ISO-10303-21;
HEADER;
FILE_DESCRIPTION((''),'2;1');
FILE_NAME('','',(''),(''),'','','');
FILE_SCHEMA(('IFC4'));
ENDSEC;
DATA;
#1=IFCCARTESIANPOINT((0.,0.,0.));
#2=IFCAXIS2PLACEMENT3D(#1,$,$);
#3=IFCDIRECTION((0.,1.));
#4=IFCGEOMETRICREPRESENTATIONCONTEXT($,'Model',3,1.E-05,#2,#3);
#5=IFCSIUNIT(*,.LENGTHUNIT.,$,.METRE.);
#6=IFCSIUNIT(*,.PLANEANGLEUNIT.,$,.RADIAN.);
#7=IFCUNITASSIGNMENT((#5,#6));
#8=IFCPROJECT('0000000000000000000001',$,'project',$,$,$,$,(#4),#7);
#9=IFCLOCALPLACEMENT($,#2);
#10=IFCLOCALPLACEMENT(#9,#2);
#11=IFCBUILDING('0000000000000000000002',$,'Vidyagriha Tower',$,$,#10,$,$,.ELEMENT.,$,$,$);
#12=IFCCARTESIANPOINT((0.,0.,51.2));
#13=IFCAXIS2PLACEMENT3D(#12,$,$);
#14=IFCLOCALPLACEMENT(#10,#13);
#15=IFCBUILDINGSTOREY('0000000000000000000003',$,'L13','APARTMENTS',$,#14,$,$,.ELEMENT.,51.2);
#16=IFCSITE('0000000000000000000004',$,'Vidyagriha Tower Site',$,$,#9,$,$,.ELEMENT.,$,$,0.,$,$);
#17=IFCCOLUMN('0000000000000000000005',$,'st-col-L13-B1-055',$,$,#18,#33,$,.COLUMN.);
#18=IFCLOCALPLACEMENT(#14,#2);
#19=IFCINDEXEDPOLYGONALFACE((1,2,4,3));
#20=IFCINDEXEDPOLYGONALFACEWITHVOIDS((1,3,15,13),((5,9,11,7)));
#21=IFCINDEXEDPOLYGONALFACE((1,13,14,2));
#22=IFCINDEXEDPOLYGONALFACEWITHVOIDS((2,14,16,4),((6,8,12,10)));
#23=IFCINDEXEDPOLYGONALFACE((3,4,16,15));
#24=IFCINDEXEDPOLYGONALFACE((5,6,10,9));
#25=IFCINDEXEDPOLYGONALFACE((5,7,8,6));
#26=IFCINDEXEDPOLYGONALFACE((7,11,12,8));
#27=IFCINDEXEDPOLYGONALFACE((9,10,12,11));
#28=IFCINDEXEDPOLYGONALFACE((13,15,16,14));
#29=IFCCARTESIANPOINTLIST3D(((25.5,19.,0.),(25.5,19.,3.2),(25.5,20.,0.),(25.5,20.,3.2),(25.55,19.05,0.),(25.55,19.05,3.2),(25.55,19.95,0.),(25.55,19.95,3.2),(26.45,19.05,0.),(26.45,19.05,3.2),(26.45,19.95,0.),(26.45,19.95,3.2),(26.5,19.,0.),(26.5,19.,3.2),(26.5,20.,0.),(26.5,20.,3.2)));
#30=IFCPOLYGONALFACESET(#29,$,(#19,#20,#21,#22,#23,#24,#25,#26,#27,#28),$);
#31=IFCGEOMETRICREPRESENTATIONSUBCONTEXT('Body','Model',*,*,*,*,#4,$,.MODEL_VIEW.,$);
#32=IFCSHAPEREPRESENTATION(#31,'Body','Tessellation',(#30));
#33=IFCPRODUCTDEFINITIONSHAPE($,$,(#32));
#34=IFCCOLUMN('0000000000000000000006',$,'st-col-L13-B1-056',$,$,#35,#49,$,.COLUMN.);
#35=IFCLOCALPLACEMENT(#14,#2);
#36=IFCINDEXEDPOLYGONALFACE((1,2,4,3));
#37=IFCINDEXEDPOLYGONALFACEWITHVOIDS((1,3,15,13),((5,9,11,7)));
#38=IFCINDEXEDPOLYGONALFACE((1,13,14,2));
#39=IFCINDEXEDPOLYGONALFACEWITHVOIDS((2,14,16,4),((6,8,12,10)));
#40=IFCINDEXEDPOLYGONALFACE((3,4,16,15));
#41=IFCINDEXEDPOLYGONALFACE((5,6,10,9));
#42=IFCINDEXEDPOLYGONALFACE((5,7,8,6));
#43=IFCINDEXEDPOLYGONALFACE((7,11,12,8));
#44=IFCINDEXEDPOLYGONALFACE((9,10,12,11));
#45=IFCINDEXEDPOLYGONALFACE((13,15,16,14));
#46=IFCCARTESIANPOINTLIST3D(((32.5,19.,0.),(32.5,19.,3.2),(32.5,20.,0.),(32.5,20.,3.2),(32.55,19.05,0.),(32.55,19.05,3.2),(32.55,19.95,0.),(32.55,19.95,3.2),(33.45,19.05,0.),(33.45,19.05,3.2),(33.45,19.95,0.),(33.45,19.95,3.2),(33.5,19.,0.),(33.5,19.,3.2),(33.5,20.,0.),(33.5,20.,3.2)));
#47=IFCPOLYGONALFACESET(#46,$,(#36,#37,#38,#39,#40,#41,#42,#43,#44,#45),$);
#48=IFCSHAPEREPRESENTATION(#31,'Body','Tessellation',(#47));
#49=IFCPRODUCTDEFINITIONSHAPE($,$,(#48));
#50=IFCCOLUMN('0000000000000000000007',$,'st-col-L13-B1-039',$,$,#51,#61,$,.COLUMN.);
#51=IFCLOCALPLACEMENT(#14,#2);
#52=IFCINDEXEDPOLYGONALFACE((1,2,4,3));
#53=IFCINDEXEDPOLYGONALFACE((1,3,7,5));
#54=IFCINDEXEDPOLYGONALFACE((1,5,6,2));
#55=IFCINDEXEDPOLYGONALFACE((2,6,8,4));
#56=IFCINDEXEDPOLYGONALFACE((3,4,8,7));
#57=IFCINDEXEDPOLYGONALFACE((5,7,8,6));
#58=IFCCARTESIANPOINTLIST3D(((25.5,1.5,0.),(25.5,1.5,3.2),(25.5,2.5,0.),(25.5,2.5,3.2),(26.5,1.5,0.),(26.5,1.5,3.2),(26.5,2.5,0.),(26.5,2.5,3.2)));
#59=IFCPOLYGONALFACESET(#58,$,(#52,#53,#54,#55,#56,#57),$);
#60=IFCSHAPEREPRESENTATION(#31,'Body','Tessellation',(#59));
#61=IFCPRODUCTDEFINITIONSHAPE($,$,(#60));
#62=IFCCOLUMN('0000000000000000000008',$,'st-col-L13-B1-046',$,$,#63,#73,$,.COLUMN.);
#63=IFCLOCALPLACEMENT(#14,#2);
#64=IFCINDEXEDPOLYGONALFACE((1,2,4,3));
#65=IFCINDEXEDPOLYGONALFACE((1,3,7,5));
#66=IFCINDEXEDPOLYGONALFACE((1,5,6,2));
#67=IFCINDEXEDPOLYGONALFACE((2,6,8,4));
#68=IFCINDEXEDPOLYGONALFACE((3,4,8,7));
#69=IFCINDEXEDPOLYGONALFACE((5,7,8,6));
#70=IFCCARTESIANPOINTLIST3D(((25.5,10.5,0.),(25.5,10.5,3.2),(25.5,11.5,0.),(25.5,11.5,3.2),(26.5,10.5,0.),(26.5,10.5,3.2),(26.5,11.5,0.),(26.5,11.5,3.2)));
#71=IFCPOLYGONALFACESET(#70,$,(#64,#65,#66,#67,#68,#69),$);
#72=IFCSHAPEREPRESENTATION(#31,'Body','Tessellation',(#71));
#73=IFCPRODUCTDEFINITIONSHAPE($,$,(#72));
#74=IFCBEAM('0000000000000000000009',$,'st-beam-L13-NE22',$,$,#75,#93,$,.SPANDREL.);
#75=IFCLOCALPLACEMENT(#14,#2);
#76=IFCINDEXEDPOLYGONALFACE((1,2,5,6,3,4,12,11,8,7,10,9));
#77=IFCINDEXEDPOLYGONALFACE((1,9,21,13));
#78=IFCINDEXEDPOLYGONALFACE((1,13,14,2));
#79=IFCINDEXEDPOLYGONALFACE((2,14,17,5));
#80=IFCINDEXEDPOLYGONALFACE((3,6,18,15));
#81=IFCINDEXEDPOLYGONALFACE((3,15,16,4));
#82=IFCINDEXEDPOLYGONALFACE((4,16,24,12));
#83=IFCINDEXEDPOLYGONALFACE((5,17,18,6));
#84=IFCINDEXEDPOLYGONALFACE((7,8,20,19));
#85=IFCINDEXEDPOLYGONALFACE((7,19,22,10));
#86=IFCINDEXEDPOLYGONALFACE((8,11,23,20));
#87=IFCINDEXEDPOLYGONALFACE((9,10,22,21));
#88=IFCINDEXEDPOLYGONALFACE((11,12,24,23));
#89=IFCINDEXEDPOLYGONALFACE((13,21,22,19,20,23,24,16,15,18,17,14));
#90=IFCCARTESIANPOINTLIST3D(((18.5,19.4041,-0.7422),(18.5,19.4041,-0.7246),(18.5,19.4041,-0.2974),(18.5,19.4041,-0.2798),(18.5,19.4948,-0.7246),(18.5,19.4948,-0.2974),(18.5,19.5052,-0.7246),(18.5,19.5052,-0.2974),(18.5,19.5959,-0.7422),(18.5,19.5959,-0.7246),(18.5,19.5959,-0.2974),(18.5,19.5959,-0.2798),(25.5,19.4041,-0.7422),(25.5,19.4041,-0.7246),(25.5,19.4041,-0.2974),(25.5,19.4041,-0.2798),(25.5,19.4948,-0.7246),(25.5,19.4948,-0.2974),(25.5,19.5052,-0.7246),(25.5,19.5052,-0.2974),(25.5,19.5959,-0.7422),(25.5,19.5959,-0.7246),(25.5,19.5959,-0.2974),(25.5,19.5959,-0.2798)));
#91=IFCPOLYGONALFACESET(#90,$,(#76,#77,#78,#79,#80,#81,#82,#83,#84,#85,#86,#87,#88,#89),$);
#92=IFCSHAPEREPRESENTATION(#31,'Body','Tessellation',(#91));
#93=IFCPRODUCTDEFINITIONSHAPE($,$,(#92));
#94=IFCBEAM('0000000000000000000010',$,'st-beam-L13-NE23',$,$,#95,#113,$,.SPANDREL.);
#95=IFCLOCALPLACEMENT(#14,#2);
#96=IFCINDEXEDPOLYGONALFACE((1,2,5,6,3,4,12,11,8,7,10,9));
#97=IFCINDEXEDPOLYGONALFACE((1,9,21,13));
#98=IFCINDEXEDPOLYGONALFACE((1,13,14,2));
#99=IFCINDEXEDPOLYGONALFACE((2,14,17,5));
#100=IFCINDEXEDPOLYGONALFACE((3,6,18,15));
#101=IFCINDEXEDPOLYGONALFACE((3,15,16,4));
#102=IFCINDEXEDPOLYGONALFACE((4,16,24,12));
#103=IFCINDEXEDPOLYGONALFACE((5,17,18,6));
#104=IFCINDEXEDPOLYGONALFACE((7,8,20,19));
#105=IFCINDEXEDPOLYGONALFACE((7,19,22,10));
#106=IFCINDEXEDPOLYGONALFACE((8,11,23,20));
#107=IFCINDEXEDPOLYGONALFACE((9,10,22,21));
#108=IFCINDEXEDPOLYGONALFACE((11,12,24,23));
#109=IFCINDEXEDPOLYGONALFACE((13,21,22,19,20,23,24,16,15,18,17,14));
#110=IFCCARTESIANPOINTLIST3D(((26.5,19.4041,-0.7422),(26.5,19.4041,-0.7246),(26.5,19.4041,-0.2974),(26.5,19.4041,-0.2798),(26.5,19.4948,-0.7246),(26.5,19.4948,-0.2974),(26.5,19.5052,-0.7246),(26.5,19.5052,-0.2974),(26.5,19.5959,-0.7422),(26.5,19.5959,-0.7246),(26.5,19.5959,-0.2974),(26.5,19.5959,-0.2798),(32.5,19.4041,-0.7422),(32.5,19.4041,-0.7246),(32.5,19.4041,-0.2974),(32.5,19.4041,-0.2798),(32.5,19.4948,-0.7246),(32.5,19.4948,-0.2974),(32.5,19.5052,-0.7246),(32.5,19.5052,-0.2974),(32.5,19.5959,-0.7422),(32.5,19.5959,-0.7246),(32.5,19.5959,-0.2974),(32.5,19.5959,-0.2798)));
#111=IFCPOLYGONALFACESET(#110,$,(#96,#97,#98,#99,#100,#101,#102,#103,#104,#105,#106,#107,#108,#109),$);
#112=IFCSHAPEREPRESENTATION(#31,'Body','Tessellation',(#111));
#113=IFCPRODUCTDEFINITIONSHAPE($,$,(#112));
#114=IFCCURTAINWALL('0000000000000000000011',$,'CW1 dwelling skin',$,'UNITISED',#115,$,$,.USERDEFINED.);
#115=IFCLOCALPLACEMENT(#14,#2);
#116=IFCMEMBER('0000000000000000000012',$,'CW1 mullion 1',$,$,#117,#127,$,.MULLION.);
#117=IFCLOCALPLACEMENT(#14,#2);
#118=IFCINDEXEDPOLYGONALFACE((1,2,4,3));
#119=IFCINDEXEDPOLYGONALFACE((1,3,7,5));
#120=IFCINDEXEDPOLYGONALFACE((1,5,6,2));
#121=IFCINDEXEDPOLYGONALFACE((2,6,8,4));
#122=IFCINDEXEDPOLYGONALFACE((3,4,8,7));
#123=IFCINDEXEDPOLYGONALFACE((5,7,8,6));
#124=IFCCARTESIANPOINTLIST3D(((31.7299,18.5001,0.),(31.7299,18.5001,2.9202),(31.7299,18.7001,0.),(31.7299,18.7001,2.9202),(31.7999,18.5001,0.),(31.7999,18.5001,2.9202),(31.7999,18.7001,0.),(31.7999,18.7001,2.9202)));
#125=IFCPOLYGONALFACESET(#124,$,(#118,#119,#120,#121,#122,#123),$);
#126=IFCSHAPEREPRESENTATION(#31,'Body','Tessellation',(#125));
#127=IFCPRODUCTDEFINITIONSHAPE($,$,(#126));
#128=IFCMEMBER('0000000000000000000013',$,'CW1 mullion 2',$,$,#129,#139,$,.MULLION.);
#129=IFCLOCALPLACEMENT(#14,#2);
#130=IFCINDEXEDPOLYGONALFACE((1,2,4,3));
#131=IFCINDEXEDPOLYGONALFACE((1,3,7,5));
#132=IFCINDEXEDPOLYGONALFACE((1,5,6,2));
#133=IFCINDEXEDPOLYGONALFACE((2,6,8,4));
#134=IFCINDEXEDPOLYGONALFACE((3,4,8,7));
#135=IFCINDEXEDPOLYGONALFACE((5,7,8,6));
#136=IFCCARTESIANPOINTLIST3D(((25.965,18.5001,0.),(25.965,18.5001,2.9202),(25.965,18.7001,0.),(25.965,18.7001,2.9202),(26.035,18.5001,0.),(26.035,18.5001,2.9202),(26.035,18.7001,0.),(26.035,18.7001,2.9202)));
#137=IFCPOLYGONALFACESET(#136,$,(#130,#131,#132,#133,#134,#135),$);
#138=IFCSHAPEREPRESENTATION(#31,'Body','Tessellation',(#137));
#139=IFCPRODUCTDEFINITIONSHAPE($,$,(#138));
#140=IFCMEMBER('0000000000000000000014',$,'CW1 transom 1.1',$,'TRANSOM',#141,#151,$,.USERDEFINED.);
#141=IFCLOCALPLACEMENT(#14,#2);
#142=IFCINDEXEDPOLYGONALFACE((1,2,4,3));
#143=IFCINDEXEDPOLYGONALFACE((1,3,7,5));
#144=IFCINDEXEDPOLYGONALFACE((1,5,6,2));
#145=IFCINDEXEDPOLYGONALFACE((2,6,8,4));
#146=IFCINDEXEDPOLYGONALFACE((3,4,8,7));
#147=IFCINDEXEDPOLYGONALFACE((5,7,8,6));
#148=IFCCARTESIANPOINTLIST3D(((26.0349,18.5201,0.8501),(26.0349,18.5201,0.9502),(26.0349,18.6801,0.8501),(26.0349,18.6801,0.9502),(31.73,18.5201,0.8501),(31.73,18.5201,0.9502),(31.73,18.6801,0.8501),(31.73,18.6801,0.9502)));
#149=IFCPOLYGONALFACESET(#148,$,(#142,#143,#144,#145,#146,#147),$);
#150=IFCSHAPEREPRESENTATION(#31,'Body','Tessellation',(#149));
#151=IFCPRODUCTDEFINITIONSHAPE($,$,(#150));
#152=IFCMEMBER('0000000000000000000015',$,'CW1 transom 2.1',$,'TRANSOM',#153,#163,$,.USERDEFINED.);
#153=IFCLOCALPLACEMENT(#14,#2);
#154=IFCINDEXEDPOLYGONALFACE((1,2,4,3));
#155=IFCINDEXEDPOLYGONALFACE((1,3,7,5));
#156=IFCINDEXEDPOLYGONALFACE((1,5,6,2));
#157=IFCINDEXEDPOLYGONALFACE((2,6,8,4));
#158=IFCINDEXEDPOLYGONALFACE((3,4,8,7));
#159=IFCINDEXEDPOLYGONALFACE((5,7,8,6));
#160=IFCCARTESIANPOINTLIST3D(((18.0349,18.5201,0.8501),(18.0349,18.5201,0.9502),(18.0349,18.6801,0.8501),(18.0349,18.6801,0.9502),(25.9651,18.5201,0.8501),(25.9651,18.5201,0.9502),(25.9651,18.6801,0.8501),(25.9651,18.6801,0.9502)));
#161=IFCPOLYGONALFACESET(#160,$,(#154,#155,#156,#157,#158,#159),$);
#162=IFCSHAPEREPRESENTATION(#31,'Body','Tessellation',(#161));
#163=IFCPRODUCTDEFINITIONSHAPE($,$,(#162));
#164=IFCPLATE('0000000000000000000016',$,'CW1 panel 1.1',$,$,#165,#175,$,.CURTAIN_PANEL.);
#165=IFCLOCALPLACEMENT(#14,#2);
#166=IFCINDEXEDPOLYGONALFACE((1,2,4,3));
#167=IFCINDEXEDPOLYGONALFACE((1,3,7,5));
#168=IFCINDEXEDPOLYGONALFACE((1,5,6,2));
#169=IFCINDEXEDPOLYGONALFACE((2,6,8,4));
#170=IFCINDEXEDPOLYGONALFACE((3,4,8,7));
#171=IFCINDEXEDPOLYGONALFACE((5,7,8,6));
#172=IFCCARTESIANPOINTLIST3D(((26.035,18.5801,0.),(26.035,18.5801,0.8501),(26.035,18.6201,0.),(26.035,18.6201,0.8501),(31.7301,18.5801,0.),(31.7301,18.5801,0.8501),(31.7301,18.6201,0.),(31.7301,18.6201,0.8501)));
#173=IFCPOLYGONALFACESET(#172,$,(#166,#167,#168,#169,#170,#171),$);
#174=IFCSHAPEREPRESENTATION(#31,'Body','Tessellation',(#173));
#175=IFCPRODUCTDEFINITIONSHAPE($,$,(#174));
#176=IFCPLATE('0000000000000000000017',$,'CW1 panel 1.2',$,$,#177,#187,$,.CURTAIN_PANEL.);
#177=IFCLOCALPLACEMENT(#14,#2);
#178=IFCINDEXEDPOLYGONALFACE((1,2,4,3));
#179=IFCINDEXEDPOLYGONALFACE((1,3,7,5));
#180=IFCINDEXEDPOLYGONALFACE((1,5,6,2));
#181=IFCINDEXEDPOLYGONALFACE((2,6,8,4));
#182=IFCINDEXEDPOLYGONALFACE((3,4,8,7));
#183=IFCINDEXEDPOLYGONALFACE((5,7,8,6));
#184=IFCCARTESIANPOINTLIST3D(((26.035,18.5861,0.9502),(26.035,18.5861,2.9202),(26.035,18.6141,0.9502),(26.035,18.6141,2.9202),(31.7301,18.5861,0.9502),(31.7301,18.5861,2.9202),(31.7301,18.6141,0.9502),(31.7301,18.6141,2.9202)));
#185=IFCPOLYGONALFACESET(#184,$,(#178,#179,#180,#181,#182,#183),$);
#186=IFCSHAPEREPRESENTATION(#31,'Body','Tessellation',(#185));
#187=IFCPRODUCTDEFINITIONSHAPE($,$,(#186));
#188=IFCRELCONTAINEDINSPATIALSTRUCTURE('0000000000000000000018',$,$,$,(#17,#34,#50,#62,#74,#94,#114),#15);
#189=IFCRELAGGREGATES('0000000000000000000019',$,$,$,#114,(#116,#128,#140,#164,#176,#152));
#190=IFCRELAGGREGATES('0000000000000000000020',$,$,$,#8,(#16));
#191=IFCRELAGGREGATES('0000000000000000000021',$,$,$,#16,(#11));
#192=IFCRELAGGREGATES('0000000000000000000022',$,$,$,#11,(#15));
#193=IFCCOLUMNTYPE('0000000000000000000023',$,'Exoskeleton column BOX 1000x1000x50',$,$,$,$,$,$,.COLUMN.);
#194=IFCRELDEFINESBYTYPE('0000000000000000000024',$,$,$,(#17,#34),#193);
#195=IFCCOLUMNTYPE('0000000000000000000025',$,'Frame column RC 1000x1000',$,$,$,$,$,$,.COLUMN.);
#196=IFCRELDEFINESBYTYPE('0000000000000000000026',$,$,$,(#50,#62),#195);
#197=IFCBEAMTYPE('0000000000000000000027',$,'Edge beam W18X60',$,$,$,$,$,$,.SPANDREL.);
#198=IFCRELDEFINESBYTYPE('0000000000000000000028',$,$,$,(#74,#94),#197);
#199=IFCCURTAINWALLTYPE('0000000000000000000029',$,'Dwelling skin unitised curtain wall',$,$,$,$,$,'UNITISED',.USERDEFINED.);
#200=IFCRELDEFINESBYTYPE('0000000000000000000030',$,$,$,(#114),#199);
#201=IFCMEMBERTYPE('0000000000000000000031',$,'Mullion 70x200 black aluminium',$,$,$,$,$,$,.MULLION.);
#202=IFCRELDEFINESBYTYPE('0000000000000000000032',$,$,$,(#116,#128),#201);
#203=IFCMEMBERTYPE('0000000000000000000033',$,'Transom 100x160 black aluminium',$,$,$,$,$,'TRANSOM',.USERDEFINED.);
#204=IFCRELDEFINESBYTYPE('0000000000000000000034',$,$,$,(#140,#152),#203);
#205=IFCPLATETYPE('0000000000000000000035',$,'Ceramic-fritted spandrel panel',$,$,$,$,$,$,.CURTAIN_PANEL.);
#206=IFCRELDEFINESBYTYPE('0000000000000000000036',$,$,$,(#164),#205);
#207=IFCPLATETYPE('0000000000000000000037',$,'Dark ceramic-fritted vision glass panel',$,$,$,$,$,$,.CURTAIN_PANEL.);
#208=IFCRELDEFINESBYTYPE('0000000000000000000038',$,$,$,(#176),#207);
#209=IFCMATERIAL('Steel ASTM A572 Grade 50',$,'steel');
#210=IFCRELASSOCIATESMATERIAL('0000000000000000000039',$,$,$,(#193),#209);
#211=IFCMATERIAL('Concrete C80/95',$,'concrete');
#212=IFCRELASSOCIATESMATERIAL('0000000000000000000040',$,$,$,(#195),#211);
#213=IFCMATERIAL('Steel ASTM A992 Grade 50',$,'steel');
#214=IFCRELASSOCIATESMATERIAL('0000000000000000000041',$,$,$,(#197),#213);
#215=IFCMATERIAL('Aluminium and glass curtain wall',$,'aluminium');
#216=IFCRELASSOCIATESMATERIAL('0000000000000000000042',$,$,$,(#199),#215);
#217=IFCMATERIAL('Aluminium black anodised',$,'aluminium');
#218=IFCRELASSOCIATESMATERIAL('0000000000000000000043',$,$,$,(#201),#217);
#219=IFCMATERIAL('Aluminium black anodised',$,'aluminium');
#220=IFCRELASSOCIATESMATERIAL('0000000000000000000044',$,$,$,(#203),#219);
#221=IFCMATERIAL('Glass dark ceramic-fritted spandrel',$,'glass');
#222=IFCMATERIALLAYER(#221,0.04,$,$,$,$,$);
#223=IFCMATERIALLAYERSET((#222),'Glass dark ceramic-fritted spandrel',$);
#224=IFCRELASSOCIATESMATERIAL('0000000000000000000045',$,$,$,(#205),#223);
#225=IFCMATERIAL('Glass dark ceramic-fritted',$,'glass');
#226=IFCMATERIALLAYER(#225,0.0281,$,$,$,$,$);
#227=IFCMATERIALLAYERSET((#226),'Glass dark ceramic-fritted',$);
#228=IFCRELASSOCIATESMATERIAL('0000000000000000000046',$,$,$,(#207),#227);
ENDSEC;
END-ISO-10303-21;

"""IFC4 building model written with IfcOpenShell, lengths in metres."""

from ifc_helpers import new_model, si_unit, direction, frame, origin, origin_2d, place, context, subcontext, project, spatial, rectangle, hollow_rectangle, i_section, extrude, material, layer, layer_set, material_profile, profile_set, type_object, element, aggregate, save


model = new_model("IFC4")

# Units and contexts
model_context = context("Model", 3, precision=1e-05, world=origin(), true_north=direction((0.0, 1.0)))
body_context = subcontext(model_context, "Body", "Model", "MODEL_VIEW")
ifc_project = project(units=[si_unit("LENGTHUNIT", "METRE"), si_unit("PLANEANGLEUNIT", "RADIAN")], contexts=[model_context])

# Site, building, storey
site_placement = place(None, origin())
site = spatial("IfcSite", under=ifc_project, at=site_placement, Name="Vidyagriha Tower Site", CompositionType="ELEMENT", RefElevation=0.0)
building_placement = place(site_placement, origin())
building = spatial("IfcBuilding", under=site, at=building_placement, Name="Vidyagriha Tower", CompositionType="ELEMENT")
storey_placement = place(building_placement, frame((0.0, 0.0, 51.2)))
storey = spatial("IfcBuildingStorey", under=building, at=storey_placement, Name="L13", Description="APARTMENTS", CompositionType="ELEMENT", Elevation=51.2)

# Columns
ifc_material_1 = material(Name="Steel ASTM A572 Grade 50", Category="steel")
ifc_material_profile_1 = material_profile(ifc_material_1, hollow_rectangle(XDim=1.0, YDim=1.0, WallThickness=0.05, at=origin_2d()), Name="BOX 1000x1000x50")
ifc_profile_set_1 = profile_set([ifc_material_profile_1], Name="Steel ASTM A572 Grade 50")
column_type_1 = type_object("IfcColumnType", Name="Exoskeleton column BOX 1000x1000x50", PredefinedType="COLUMN", material=ifc_profile_set_1)
for number, where, name in (
    (1, (26.0, 19.5, 0.0), "st-col-L13-B1-055"),
    (2, (33.0, 19.5, 0.0), "st-col-L13-B1-056"),
):
    element("IfcColumn", number, at=place(storey_placement, frame(where)), inside=storey, type_object=column_type_1, Name=name, PredefinedType="COLUMN", context=body_context, shape_type="SweptSolid", body=[
        extrude(hollow_rectangle(XDim=1.0, YDim=1.0, WallThickness=0.05, at=origin_2d()), origin(), (0.0, 0.0, 1.0), 3.2),
    ])
ifc_material_2 = material(Name="Concrete C80/95", Category="concrete")
ifc_material_profile_2 = material_profile(ifc_material_2, rectangle(XDim=1.0, YDim=1.0, at=origin_2d()), Name="RC 1000x1000")
ifc_profile_set_2 = profile_set([ifc_material_profile_2], Name="Concrete C80/95")
column_type_2 = type_object("IfcColumnType", Name="Frame column RC 1000x1000", PredefinedType="COLUMN", material=ifc_profile_set_2)
for number, where, name in (
    (3, (26.0, 2.0, 0.0), "st-col-L13-B1-039"),
    (4, (26.0, 11.0, 0.0), "st-col-L13-B1-046"),
):
    element("IfcColumn", number, at=place(storey_placement, frame(where)), inside=storey, type_object=column_type_2, Name=name, PredefinedType="COLUMN", context=body_context, shape_type="SweptSolid", body=[
        extrude(rectangle(XDim=1.0, YDim=1.0, at=origin_2d()), origin(), (0.0, 0.0, 1.0), 3.2),
    ])

# Beams
ifc_material_3 = material(Name="Steel ASTM A992 Grade 50", Category="steel")
ifc_material_profile_3 = material_profile(ifc_material_3, i_section(OverallWidth=0.1919, OverallDepth=0.4624, WebThickness=0.0105, FlangeThickness=0.0176, at=origin_2d()), Name="W18X60")
ifc_profile_set_3 = profile_set([ifc_material_profile_3], Name="Steel ASTM A992 Grade 50")
beam_type = type_object("IfcBeamType", Name="Edge beam W18X60", PredefinedType="SPANDREL", material=ifc_profile_set_3)
beam_1_placement = place(storey_placement, frame((18.5, 19.5, -0.511), z_axis=(1.0, 0.0, 0.0), x_axis=(0.0, 1.0, 0.0)))
element("IfcBeam", 5, at=beam_1_placement, inside=storey, type_object=beam_type, Name="st-beam-L13-NE22", PredefinedType="SPANDREL", context=body_context, shape_type="SweptSolid", body=[
    extrude(i_section(OverallWidth=0.1919, OverallDepth=0.4624, WebThickness=0.0105, FlangeThickness=0.0176, at=origin_2d()), origin(), (0.0, 0.0, 1.0), 7.0),
])
beam_2_placement = place(storey_placement, frame((26.5, 19.5, -0.511), z_axis=(1.0, 0.0, 0.0), x_axis=(0.0, 1.0, 0.0)))
element("IfcBeam", 6, at=beam_2_placement, inside=storey, type_object=beam_type, Name="st-beam-L13-NE23", PredefinedType="SPANDREL", context=body_context, shape_type="SweptSolid", body=[
    extrude(i_section(OverallWidth=0.1919, OverallDepth=0.4624, WebThickness=0.0105, FlangeThickness=0.0176, at=origin_2d()), origin(), (0.0, 0.0, 1.0), 6.0),
])

# Curtain wall, members, plates
ifc_material_4 = material(Name="Aluminium and glass curtain wall", Category="aluminium")
curtain_wall_type = type_object("IfcCurtainWallType", Name="Dwelling skin unitised curtain wall", ElementType="UNITISED", PredefinedType="USERDEFINED", material=ifc_material_4)
curtain_wall_placement = place(storey_placement, origin())
curtain_wall = element("IfcCurtainWall", 7, at=curtain_wall_placement, inside=storey, type_object=curtain_wall_type, Name="CW1 dwelling skin", ObjectType="UNITISED", PredefinedType="USERDEFINED")
ifc_material_5 = material(Name="Aluminium black anodised", Category="aluminium")
ifc_material_profile_4 = material_profile(ifc_material_5, rectangle(XDim=0.2, YDim=0.0701, at=origin_2d()), Name="Mullion 70x200 black aluminium")
ifc_profile_set_4 = profile_set([ifc_material_profile_4], Name="Aluminium black anodised")
member_type_1 = type_object("IfcMemberType", Name="Mullion 70x200 black aluminium", PredefinedType="MULLION", material=ifc_profile_set_4)
member_1_placement = place(storey_placement, frame((31.7649, 18.6001, 0.0), z_axis=(0.0, 0.0, 1.0), x_axis=(0.0, -1.0, 0.0)))
member_1 = element("IfcMember", 8, at=member_1_placement, type_object=member_type_1, Name="CW1 mullion 1", PredefinedType="MULLION", context=body_context, shape_type="SweptSolid", body=[
    extrude(rectangle(XDim=0.2, YDim=0.0701, at=origin_2d()), origin(), (0.0, 0.0, 1.0), 2.9202),
])
member_2_placement = place(storey_placement, frame((26.0, 18.6001, 0.0), z_axis=(0.0, 0.0, 1.0), x_axis=(0.0, -1.0, 0.0)))
member_2 = element("IfcMember", 9, at=member_2_placement, type_object=member_type_1, Name="CW1 mullion 2", PredefinedType="MULLION", context=body_context, shape_type="SweptSolid", body=[
    extrude(rectangle(XDim=0.2, YDim=0.0701, at=origin_2d()), origin(), (0.0, 0.0, 1.0), 2.9202),
])
ifc_material_6 = material(Name="Aluminium black anodised", Category="aluminium")
ifc_material_profile_5 = material_profile(ifc_material_6, rectangle(XDim=0.1599, YDim=0.1001, at=origin_2d()), Name="Transom 100x160 black aluminium")
ifc_profile_set_5 = profile_set([ifc_material_profile_5], Name="Aluminium black anodised")
member_type_2 = type_object("IfcMemberType", Name="Transom 100x160 black aluminium", ElementType="TRANSOM", PredefinedType="USERDEFINED", material=ifc_profile_set_5)
member_3_placement = place(storey_placement, frame((31.73, 18.6001, 0.9001), z_axis=(-1.0, 0.0, 0.0), x_axis=(0.0, -1.0, 0.0)))
member_3 = element("IfcMember", 10, at=member_3_placement, type_object=member_type_2, Name="CW1 transom 1.1", ObjectType="TRANSOM", PredefinedType="USERDEFINED", context=body_context, shape_type="SweptSolid", body=[
    extrude(rectangle(XDim=0.1599, YDim=0.1001, at=origin_2d()), origin(), (0.0, 0.0, 1.0), 5.6951),
])
member_4_placement = place(storey_placement, frame((25.9651, 18.6001, 0.9001), z_axis=(-1.0, 0.0, 0.0), x_axis=(0.0, -1.0, 0.0)))
member_4 = element("IfcMember", 11, at=member_4_placement, type_object=member_type_2, Name="CW1 transom 2.1", ObjectType="TRANSOM", PredefinedType="USERDEFINED", context=body_context, shape_type="SweptSolid", body=[
    extrude(rectangle(XDim=0.1599, YDim=0.1001, at=origin_2d()), origin(), (0.0, 0.0, 1.0), 7.9302),
])
ifc_material_7 = material(Name="Glass dark ceramic-fritted spandrel", Category="glass")
ifc_layer_1 = layer(ifc_material_7, 0.04)
ifc_layer_set_1 = layer_set([ifc_layer_1], Name="Glass dark ceramic-fritted spandrel")
plate_type_1 = type_object("IfcPlateType", Name="Ceramic-fritted spandrel panel", PredefinedType="CURTAIN_PANEL", material=ifc_layer_set_1)
plate_1_placement = place(storey_placement, frame((28.8826, 18.6001, 0.0), z_axis=(0.0, 0.0, 1.0), x_axis=(-1.0, 0.0, 0.0)))
plate_1 = element("IfcPlate", 12, at=plate_1_placement, type_object=plate_type_1, Name="CW1 panel 1.1", PredefinedType="CURTAIN_PANEL", context=body_context, shape_type="SweptSolid", body=[
    extrude(rectangle(XDim=5.6951, YDim=0.04, at=origin_2d()), origin(), (0.0, 0.0, 1.0), 0.8501),
])
ifc_material_8 = material(Name="Glass dark ceramic-fritted", Category="glass")
ifc_layer_2 = layer(ifc_material_8, 0.0281)
ifc_layer_set_2 = layer_set([ifc_layer_2], Name="Glass dark ceramic-fritted")
plate_type_2 = type_object("IfcPlateType", Name="Dark ceramic-fritted vision glass panel", PredefinedType="CURTAIN_PANEL", material=ifc_layer_set_2)
plate_2_placement = place(storey_placement, frame((28.8826, 18.6001, 0.9502), z_axis=(0.0, 0.0, 1.0), x_axis=(-1.0, 0.0, 0.0)))
plate_2 = element("IfcPlate", 13, at=plate_2_placement, type_object=plate_type_2, Name="CW1 panel 1.2", PredefinedType="CURTAIN_PANEL", context=body_context, shape_type="SweptSolid", body=[
    extrude(rectangle(XDim=5.6951, YDim=0.0281, at=origin_2d()), origin(), (0.0, 0.0, 1.0), 1.97),
])
aggregate(curtain_wall, [member_1, member_2, member_3, plate_1, plate_2, member_4])

save(model, "model.ifc")
